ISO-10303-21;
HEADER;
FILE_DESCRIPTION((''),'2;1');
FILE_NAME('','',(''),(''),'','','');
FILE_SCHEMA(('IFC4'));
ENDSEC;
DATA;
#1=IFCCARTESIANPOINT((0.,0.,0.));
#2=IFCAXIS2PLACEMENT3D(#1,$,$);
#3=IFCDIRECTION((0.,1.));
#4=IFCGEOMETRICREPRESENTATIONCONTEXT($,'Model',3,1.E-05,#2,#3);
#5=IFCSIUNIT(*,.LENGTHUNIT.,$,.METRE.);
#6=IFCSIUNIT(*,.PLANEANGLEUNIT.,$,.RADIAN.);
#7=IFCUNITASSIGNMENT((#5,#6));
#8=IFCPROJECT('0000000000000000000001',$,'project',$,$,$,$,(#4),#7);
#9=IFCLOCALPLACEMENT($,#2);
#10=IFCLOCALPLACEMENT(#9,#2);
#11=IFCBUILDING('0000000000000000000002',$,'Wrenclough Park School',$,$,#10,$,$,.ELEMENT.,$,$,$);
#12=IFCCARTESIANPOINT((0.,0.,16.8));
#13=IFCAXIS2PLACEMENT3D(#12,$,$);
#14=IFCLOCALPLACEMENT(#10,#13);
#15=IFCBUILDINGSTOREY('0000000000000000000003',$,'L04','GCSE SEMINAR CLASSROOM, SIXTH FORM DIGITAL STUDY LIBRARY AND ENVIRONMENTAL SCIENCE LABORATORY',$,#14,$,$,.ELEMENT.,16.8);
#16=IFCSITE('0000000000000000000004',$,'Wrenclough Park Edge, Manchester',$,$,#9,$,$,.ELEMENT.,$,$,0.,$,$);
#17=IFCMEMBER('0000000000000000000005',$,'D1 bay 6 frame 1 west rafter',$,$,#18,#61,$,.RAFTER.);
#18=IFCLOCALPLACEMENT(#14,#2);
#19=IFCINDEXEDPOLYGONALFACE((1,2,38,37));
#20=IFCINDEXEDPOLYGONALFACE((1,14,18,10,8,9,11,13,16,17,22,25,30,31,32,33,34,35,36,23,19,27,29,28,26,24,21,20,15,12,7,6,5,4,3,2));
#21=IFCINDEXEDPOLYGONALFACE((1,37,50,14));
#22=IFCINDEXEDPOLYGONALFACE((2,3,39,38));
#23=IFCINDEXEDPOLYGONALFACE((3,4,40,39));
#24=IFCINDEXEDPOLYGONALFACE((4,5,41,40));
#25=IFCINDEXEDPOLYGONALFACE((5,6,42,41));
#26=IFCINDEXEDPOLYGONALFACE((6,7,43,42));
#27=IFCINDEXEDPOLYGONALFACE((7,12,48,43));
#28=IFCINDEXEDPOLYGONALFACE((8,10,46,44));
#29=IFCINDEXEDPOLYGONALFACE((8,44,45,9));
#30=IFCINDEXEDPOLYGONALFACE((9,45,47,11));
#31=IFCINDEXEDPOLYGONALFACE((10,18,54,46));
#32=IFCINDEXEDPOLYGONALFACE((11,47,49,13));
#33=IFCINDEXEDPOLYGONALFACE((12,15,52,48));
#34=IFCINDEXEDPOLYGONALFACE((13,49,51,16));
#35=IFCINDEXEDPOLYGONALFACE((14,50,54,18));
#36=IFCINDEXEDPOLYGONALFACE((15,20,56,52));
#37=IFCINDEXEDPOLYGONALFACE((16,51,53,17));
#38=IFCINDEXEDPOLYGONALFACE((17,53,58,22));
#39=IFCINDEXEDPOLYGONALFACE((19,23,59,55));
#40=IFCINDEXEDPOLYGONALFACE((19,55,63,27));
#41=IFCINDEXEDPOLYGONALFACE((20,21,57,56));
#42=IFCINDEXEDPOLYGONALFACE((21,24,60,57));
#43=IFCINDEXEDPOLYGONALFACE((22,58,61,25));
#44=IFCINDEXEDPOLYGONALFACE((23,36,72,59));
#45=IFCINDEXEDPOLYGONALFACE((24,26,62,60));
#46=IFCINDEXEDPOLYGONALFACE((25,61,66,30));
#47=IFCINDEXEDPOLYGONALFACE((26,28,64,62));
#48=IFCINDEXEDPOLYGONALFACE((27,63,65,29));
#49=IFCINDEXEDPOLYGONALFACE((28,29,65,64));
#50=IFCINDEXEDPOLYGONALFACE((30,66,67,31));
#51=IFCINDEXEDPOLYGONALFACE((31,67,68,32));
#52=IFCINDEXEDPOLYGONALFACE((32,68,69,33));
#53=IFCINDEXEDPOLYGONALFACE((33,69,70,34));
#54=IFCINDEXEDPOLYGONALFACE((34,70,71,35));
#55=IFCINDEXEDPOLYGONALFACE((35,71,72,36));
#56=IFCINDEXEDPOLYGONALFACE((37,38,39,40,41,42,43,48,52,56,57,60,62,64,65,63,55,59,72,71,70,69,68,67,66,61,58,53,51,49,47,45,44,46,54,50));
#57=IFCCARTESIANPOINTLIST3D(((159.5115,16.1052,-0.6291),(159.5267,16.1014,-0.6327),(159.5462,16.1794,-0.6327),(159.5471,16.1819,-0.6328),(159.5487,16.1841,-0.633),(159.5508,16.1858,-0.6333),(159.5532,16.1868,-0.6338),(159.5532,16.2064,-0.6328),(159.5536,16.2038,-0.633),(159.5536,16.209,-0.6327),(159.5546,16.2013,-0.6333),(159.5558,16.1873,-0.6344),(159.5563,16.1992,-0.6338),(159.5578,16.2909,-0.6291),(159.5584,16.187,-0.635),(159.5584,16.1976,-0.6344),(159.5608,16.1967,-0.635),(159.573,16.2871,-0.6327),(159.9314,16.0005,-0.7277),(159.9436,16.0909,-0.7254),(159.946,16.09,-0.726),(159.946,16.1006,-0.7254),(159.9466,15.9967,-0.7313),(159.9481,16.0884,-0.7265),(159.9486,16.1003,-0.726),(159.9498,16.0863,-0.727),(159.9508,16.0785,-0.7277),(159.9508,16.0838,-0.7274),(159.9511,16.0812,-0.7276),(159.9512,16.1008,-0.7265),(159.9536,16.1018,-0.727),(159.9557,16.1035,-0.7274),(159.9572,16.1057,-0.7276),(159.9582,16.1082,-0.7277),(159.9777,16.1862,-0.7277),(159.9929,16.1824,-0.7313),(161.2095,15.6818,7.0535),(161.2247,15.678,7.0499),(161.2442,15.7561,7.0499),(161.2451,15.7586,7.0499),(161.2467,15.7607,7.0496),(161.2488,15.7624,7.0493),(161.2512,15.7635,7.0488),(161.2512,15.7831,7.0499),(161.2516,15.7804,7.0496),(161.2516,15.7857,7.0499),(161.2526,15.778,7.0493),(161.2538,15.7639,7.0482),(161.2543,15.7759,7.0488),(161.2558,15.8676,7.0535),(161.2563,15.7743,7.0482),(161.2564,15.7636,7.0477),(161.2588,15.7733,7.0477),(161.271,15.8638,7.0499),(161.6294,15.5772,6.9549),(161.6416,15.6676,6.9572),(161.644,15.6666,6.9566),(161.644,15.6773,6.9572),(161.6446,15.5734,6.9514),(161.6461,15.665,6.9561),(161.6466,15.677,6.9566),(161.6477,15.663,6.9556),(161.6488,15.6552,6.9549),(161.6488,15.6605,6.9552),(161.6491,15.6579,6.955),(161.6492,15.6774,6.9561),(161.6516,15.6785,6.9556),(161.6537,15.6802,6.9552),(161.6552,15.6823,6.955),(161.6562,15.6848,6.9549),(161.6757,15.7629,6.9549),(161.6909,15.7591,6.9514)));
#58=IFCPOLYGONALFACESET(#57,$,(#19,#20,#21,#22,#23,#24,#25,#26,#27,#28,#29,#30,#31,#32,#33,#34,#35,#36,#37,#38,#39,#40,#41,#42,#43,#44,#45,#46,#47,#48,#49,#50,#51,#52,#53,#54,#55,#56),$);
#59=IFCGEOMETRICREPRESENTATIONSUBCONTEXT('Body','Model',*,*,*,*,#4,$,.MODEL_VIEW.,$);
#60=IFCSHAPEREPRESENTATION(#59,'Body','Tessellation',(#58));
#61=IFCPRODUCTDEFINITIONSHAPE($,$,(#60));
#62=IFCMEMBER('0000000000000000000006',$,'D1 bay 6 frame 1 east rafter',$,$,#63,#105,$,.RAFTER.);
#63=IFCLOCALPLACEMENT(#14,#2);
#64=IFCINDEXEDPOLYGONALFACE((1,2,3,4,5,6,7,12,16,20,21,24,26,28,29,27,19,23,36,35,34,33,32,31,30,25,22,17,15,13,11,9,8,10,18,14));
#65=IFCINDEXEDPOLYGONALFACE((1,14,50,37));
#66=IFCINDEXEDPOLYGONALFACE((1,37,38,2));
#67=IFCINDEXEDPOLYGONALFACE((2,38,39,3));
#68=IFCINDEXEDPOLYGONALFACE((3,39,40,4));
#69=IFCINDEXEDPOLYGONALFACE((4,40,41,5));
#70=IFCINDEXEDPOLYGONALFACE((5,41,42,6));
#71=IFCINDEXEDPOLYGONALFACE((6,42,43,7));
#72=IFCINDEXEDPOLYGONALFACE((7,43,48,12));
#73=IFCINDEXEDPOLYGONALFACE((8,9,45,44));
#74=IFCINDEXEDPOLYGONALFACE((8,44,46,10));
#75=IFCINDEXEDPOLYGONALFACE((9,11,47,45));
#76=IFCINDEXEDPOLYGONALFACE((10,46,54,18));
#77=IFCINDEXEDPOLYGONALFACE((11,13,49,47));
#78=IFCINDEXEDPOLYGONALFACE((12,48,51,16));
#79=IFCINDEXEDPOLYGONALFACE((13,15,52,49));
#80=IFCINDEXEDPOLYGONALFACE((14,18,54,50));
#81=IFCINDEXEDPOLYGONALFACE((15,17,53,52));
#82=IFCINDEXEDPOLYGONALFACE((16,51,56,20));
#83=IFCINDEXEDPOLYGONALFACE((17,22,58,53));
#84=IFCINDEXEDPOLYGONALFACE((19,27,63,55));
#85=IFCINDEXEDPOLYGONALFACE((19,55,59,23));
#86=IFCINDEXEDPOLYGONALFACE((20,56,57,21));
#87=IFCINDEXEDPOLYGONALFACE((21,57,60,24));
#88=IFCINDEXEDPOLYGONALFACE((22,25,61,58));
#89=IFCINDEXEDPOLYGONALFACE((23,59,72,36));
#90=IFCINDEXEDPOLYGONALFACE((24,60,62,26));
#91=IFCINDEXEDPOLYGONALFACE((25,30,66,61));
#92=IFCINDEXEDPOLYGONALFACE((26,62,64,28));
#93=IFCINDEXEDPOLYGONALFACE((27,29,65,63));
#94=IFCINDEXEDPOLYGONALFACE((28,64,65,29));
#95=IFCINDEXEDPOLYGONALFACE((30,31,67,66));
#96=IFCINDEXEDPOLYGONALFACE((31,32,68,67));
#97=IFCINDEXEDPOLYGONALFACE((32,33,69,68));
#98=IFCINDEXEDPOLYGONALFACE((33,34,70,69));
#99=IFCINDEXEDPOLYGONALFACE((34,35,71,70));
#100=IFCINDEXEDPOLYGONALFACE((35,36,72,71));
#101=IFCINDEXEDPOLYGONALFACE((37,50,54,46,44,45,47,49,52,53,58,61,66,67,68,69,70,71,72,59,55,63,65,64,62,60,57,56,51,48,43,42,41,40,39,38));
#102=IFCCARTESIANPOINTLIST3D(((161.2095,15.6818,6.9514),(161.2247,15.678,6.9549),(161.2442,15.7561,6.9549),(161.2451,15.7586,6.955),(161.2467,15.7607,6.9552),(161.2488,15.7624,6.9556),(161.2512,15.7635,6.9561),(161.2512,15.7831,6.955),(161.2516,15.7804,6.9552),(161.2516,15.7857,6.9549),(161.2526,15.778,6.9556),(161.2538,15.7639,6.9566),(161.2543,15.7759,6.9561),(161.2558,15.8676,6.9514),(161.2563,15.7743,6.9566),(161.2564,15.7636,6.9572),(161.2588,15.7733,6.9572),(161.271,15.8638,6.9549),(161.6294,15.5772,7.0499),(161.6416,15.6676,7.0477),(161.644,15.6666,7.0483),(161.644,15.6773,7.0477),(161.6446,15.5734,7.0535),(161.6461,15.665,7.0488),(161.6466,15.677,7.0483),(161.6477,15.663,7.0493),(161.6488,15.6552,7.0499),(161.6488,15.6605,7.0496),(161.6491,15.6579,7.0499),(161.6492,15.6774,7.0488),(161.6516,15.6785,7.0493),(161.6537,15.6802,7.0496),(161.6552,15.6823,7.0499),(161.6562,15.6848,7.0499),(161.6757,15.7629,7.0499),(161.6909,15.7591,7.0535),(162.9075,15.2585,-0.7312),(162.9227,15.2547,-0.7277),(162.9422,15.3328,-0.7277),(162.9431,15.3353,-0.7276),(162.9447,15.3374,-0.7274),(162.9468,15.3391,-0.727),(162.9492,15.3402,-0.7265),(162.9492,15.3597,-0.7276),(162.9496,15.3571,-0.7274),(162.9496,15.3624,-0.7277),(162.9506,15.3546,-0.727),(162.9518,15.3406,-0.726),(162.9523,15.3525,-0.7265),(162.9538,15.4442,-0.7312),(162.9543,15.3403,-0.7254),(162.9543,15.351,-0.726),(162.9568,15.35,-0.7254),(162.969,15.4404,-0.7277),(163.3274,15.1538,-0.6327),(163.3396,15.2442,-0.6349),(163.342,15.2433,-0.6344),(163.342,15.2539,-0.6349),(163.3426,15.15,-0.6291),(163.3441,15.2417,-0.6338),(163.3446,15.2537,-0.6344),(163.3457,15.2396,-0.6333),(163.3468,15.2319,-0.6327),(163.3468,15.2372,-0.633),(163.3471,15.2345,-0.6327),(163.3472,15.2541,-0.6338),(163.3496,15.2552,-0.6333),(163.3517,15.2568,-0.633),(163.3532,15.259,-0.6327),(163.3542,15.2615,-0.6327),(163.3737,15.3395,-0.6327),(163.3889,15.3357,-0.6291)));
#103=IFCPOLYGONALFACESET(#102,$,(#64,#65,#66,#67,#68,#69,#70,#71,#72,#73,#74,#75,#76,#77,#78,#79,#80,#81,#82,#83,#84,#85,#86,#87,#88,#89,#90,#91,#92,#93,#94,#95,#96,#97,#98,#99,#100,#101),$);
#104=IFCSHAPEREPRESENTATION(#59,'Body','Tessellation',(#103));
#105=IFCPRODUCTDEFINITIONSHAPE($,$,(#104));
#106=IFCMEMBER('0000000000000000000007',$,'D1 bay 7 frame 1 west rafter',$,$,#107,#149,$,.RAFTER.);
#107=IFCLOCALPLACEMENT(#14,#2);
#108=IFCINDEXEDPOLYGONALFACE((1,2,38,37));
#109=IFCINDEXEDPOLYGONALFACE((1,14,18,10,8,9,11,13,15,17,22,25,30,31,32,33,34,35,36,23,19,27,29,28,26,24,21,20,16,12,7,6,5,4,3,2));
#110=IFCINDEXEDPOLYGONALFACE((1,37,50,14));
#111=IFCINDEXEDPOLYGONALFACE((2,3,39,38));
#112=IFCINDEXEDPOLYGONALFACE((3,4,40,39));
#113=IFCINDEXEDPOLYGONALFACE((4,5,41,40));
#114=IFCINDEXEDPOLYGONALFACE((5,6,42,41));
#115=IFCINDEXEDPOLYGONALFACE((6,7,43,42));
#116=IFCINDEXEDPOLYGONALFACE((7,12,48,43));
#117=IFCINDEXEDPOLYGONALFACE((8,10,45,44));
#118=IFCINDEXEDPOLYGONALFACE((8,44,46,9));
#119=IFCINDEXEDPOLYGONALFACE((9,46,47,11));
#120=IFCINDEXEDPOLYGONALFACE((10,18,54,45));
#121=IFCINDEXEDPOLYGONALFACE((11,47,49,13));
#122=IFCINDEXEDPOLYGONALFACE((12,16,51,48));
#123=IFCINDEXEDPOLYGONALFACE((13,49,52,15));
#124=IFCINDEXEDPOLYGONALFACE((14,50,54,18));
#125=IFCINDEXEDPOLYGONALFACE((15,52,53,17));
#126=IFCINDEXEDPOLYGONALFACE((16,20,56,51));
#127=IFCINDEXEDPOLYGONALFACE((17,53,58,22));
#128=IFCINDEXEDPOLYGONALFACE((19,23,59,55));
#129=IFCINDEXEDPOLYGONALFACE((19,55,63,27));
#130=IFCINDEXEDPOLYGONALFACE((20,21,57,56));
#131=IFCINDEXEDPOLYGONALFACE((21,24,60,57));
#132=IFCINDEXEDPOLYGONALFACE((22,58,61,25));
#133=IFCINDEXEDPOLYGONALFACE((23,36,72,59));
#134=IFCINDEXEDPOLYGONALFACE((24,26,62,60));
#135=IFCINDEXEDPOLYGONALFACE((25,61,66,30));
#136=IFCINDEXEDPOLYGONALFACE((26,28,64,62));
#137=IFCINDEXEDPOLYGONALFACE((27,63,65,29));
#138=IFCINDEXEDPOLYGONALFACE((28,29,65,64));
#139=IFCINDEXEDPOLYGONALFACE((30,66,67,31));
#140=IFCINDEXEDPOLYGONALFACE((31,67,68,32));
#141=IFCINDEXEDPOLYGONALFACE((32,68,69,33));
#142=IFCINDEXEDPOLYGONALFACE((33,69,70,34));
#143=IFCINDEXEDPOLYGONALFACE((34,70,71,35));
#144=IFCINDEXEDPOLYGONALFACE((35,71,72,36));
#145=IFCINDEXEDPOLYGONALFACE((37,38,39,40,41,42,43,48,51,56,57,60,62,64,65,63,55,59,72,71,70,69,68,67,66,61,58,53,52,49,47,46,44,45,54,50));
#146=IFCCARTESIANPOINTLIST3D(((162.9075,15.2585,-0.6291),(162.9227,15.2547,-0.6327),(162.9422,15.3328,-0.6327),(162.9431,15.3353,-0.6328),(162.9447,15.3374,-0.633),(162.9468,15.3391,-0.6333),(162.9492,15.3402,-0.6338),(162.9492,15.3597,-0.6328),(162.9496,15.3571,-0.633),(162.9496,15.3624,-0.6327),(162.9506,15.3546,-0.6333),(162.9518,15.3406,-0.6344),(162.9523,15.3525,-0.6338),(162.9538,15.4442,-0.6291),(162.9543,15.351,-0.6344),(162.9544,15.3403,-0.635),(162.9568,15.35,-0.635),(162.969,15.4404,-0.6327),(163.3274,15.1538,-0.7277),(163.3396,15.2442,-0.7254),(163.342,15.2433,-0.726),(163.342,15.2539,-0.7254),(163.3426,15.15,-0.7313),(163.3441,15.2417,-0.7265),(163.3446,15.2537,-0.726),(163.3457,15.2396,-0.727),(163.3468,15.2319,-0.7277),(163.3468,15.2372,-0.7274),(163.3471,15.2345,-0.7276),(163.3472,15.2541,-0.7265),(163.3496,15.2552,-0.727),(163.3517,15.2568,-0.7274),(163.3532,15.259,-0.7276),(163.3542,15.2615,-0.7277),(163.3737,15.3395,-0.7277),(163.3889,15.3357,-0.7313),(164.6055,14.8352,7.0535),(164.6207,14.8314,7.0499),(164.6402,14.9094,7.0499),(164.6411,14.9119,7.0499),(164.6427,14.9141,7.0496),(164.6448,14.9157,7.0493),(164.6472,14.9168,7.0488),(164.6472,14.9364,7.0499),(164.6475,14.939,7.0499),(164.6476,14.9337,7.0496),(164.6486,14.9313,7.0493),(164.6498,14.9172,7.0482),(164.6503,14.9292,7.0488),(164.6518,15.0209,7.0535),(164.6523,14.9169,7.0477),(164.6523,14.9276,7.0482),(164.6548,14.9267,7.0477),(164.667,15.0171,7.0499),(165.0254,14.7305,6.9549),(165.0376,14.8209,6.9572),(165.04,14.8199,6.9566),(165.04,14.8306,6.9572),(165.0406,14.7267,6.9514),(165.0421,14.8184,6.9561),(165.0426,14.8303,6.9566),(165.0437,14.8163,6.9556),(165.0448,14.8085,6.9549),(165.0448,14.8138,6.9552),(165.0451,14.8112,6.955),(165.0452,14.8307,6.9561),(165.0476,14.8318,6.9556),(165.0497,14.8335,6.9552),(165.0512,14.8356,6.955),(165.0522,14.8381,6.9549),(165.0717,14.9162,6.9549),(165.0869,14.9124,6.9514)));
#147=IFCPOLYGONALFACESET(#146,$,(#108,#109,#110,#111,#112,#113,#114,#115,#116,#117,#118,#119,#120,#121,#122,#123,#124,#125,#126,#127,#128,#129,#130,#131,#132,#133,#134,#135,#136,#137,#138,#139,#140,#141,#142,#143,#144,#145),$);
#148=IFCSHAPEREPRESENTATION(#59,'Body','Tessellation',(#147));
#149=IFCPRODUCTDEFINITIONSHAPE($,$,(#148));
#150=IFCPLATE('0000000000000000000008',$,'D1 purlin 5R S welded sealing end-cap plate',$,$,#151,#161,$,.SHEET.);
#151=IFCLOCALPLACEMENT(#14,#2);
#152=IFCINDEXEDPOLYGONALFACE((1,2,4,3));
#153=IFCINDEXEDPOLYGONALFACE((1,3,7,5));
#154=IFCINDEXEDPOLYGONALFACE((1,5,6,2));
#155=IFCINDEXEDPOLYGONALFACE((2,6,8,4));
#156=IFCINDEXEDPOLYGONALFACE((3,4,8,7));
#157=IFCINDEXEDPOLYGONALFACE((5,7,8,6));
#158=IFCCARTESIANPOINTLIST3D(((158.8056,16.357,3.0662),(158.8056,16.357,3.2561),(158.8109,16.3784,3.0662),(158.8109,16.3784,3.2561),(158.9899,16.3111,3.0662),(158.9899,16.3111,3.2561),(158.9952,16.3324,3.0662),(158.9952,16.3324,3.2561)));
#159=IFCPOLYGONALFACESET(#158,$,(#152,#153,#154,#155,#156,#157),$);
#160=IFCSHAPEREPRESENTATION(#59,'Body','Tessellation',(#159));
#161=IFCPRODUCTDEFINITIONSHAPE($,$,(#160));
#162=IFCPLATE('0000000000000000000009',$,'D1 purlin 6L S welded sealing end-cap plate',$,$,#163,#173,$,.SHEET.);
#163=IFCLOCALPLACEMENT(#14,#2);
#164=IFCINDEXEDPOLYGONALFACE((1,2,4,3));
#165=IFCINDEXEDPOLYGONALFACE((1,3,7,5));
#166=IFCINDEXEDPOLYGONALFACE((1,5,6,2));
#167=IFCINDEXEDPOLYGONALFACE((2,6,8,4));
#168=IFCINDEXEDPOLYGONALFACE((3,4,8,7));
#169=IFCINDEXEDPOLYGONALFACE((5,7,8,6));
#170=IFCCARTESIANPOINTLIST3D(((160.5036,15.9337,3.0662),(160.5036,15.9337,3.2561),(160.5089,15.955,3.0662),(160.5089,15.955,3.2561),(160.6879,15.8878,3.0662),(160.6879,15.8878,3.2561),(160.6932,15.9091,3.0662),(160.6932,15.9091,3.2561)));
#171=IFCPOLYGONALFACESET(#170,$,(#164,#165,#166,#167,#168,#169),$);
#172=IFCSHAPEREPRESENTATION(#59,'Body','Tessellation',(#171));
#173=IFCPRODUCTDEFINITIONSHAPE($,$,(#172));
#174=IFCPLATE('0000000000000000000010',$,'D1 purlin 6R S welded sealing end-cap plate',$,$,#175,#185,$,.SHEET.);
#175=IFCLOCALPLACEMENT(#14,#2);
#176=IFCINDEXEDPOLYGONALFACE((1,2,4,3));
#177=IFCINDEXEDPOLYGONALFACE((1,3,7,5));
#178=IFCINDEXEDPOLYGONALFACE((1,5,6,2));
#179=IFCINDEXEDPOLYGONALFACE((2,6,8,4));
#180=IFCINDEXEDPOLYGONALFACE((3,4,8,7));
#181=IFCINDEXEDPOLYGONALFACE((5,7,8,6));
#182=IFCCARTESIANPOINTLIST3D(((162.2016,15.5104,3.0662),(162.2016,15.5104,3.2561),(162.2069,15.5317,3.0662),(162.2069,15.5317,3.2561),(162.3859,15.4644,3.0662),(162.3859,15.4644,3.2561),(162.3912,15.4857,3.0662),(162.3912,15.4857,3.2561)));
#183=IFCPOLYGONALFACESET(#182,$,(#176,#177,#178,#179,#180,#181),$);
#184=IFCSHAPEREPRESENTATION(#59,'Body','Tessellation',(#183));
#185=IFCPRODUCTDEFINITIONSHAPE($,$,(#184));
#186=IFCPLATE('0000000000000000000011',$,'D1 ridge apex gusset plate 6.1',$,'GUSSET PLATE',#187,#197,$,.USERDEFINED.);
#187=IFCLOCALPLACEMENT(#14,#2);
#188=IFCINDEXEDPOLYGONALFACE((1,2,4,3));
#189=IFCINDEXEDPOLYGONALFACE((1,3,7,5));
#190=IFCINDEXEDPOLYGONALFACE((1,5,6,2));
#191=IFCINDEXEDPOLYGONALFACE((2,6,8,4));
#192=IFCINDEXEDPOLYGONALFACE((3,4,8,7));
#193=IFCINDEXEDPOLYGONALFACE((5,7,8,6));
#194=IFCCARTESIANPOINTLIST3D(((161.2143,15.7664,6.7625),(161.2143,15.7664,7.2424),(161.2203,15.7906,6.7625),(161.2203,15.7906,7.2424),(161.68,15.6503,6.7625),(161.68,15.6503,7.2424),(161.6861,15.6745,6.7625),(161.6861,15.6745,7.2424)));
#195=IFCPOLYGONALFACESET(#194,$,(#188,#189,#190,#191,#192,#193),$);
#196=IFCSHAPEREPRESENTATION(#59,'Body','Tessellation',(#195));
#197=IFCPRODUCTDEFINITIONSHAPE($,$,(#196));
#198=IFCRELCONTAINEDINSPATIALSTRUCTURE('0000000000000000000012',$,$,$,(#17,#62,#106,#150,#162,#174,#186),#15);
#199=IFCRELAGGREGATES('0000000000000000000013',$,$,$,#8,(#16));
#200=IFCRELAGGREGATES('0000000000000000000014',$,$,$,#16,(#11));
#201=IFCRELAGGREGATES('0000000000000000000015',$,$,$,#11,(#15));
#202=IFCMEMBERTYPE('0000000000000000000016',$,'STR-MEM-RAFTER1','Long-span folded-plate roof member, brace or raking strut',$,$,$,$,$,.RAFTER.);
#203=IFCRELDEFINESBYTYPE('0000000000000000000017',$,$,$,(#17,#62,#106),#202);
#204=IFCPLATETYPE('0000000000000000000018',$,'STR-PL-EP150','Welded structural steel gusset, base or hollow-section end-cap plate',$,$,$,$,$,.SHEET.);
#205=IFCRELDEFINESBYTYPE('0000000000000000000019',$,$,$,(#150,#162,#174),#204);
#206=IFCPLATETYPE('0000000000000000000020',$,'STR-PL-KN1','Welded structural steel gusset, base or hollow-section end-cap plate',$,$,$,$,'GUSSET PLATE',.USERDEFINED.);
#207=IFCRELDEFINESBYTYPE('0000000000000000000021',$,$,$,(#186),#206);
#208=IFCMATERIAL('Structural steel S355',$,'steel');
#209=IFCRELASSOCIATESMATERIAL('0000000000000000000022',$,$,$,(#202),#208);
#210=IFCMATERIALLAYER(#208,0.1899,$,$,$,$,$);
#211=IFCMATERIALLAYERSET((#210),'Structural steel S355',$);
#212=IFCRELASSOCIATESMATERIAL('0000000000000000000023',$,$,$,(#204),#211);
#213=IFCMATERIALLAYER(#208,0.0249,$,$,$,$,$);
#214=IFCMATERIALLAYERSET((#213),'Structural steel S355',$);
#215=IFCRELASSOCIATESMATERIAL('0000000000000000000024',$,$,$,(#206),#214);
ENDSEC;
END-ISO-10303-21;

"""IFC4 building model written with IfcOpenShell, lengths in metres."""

from ifc_helpers import new_model, si_unit, direction, frame, origin, origin_2d, place, context, subcontext, project, spatial, rectangle, i_section, extrude, material, layer, layer_set, material_profile, profile_set, type_object, element, save


model = new_model("IFC4")

# Units and contexts
model_context = context("Model", 3, precision=1e-05, world=origin(), true_north=direction((0.0, 1.0)))
body_context = subcontext(model_context, "Body", "Model", "MODEL_VIEW")
ifc_project = project(units=[si_unit("LENGTHUNIT", "METRE"), si_unit("PLANEANGLEUNIT", "RADIAN")], contexts=[model_context])

# Site, building, storey
site_placement = place(None, origin())
site = spatial("IfcSite", under=ifc_project, at=site_placement, Name="Wrenclough Park Edge, Manchester", CompositionType="ELEMENT", RefElevation=0.0)
building_placement = place(site_placement, origin())
building = spatial("IfcBuilding", under=site, at=building_placement, Name="Wrenclough Park School", CompositionType="ELEMENT")
storey_placement = place(building_placement, frame((0.0, 0.0, 16.8)))
storey = spatial("IfcBuildingStorey", under=building, at=storey_placement, Name="L04", Description="GCSE SEMINAR CLASSROOM, SIXTH FORM DIGITAL STUDY LIBRARY AND ENVIRONMENTAL SCIENCE LABORATORY", CompositionType="ELEMENT", Elevation=16.8)

# Shared definitions
ifc_material_1 = material(Name="Structural steel S355", Category="steel")

# Members
ifc_material_profile_1 = material_profile(ifc_material_1, i_section(OverallWidth=0.1914, OverallDepth=0.46, WebThickness=0.01, FlangeThickness=0.0161, FilletRadius=0.0103, at=origin_2d()), Name="UKB 457x191x82")
ifc_profile_set_1 = profile_set([ifc_material_profile_1], Name="Structural steel S355")
member_type_1 = type_object("IfcMemberType", Name="STR-MEM-RAFTER1", Description="Long-span folded-plate roof member, brace or raking strut", PredefinedType="RAFTER", material=ifc_profile_set_1)
for number, where, z_axis, x_axis, name in (
    (1, (159.7522, 16.1438, -0.6802), (0.215498, -0.053727, 0.975025), (0.241912, 0.970298, 0.0), "D1 bay 6 frame 1 west rafter"),
    (2, (161.4502, 15.7205, 7.0024), (0.215498, -0.053727, -0.975025), (0.241912, 0.970298, 0.0), "D1 bay 6 frame 1 east rafter"),
    (3, (163.1482, 15.2971, -0.6802), (0.215498, -0.053727, 0.975025), (0.241912, 0.970298, 0.0), "D1 bay 7 frame 1 west rafter"),
):
    element("IfcMember", number, at=place(storey_placement, frame(where, z_axis=z_axis, x_axis=x_axis)), inside=storey, type_object=member_type_1, Name=name, PredefinedType="RAFTER", context=body_context, shape_type="SweptSolid", body=[
        extrude(i_section(OverallWidth=0.1914, OverallDepth=0.46, WebThickness=0.01, FlangeThickness=0.0161, FilletRadius=0.0103, at=origin_2d()), origin(), (0.0, 0.0, 1.0), 7.8794),
    ])

# Plates
ifc_layer_1 = layer(ifc_material_1, 0.1899)
ifc_layer_set_1 = layer_set([ifc_layer_1], Name="Structural steel S355")
plate_type_1 = type_object("IfcPlateType", Name="STR-PL-EP150", Description="Welded structural steel gusset, base or hollow-section end-cap plate", PredefinedType="SHEET", material=ifc_layer_set_1)
for number, where, z_axis, x_axis, name in (
    (4, (158.9004, 16.3447, 3.0662), (0.0, 0.0, 1.0), (0.241922, 0.970296, 0.0), "D1 purlin 5R S welded sealing end-cap plate"),
    (5, (160.5984, 15.9214, 3.0662), (0.0, 0.0, 1.0), (0.241922, 0.970296, 0.0), "D1 purlin 6L S welded sealing end-cap plate"),
    (6, (162.2964, 15.498, 3.0662), (0.0, 0.0, 1.0), (0.241922, 0.970296, 0.0), "D1 purlin 6R S welded sealing end-cap plate"),
):
    element("IfcPlate", number, at=place(storey_placement, frame(where, z_axis=z_axis, x_axis=x_axis)), inside=storey, type_object=plate_type_1, Name=name, PredefinedType="SHEET", context=body_context, shape_type="SweptSolid", body=[
        extrude(rectangle(XDim=0.022, YDim=0.1899, at=origin_2d()), origin(), (0.0, 0.0, 1.0), 0.1899),
    ])
ifc_layer_2 = layer(ifc_material_1, 0.0249)
ifc_layer_set_2 = layer_set([ifc_layer_2], Name="Structural steel S355")
plate_type_2 = type_object("IfcPlateType", Name="STR-PL-KN1", Description="Welded structural steel gusset, base or hollow-section end-cap plate", ElementType="GUSSET PLATE", PredefinedType="USERDEFINED", material=ifc_layer_set_2)
plate_placement = place(storey_placement, frame((161.4502, 15.7205, 6.7625), z_axis=(0.0, 0.0, 1.0), x_axis=(0.970296, -0.241922, 0.0)))
element("IfcPlate", 7, at=plate_placement, inside=storey, type_object=plate_type_2, Name="D1 ridge apex gusset plate 6.1", ObjectType="GUSSET PLATE", PredefinedType="USERDEFINED", context=body_context, shape_type="SweptSolid", body=[
    extrude(rectangle(XDim=0.48, YDim=0.0249, at=origin_2d()), origin(), (0.0, 0.0, 1.0), 0.48),
])

save(model, "model.ifc")
